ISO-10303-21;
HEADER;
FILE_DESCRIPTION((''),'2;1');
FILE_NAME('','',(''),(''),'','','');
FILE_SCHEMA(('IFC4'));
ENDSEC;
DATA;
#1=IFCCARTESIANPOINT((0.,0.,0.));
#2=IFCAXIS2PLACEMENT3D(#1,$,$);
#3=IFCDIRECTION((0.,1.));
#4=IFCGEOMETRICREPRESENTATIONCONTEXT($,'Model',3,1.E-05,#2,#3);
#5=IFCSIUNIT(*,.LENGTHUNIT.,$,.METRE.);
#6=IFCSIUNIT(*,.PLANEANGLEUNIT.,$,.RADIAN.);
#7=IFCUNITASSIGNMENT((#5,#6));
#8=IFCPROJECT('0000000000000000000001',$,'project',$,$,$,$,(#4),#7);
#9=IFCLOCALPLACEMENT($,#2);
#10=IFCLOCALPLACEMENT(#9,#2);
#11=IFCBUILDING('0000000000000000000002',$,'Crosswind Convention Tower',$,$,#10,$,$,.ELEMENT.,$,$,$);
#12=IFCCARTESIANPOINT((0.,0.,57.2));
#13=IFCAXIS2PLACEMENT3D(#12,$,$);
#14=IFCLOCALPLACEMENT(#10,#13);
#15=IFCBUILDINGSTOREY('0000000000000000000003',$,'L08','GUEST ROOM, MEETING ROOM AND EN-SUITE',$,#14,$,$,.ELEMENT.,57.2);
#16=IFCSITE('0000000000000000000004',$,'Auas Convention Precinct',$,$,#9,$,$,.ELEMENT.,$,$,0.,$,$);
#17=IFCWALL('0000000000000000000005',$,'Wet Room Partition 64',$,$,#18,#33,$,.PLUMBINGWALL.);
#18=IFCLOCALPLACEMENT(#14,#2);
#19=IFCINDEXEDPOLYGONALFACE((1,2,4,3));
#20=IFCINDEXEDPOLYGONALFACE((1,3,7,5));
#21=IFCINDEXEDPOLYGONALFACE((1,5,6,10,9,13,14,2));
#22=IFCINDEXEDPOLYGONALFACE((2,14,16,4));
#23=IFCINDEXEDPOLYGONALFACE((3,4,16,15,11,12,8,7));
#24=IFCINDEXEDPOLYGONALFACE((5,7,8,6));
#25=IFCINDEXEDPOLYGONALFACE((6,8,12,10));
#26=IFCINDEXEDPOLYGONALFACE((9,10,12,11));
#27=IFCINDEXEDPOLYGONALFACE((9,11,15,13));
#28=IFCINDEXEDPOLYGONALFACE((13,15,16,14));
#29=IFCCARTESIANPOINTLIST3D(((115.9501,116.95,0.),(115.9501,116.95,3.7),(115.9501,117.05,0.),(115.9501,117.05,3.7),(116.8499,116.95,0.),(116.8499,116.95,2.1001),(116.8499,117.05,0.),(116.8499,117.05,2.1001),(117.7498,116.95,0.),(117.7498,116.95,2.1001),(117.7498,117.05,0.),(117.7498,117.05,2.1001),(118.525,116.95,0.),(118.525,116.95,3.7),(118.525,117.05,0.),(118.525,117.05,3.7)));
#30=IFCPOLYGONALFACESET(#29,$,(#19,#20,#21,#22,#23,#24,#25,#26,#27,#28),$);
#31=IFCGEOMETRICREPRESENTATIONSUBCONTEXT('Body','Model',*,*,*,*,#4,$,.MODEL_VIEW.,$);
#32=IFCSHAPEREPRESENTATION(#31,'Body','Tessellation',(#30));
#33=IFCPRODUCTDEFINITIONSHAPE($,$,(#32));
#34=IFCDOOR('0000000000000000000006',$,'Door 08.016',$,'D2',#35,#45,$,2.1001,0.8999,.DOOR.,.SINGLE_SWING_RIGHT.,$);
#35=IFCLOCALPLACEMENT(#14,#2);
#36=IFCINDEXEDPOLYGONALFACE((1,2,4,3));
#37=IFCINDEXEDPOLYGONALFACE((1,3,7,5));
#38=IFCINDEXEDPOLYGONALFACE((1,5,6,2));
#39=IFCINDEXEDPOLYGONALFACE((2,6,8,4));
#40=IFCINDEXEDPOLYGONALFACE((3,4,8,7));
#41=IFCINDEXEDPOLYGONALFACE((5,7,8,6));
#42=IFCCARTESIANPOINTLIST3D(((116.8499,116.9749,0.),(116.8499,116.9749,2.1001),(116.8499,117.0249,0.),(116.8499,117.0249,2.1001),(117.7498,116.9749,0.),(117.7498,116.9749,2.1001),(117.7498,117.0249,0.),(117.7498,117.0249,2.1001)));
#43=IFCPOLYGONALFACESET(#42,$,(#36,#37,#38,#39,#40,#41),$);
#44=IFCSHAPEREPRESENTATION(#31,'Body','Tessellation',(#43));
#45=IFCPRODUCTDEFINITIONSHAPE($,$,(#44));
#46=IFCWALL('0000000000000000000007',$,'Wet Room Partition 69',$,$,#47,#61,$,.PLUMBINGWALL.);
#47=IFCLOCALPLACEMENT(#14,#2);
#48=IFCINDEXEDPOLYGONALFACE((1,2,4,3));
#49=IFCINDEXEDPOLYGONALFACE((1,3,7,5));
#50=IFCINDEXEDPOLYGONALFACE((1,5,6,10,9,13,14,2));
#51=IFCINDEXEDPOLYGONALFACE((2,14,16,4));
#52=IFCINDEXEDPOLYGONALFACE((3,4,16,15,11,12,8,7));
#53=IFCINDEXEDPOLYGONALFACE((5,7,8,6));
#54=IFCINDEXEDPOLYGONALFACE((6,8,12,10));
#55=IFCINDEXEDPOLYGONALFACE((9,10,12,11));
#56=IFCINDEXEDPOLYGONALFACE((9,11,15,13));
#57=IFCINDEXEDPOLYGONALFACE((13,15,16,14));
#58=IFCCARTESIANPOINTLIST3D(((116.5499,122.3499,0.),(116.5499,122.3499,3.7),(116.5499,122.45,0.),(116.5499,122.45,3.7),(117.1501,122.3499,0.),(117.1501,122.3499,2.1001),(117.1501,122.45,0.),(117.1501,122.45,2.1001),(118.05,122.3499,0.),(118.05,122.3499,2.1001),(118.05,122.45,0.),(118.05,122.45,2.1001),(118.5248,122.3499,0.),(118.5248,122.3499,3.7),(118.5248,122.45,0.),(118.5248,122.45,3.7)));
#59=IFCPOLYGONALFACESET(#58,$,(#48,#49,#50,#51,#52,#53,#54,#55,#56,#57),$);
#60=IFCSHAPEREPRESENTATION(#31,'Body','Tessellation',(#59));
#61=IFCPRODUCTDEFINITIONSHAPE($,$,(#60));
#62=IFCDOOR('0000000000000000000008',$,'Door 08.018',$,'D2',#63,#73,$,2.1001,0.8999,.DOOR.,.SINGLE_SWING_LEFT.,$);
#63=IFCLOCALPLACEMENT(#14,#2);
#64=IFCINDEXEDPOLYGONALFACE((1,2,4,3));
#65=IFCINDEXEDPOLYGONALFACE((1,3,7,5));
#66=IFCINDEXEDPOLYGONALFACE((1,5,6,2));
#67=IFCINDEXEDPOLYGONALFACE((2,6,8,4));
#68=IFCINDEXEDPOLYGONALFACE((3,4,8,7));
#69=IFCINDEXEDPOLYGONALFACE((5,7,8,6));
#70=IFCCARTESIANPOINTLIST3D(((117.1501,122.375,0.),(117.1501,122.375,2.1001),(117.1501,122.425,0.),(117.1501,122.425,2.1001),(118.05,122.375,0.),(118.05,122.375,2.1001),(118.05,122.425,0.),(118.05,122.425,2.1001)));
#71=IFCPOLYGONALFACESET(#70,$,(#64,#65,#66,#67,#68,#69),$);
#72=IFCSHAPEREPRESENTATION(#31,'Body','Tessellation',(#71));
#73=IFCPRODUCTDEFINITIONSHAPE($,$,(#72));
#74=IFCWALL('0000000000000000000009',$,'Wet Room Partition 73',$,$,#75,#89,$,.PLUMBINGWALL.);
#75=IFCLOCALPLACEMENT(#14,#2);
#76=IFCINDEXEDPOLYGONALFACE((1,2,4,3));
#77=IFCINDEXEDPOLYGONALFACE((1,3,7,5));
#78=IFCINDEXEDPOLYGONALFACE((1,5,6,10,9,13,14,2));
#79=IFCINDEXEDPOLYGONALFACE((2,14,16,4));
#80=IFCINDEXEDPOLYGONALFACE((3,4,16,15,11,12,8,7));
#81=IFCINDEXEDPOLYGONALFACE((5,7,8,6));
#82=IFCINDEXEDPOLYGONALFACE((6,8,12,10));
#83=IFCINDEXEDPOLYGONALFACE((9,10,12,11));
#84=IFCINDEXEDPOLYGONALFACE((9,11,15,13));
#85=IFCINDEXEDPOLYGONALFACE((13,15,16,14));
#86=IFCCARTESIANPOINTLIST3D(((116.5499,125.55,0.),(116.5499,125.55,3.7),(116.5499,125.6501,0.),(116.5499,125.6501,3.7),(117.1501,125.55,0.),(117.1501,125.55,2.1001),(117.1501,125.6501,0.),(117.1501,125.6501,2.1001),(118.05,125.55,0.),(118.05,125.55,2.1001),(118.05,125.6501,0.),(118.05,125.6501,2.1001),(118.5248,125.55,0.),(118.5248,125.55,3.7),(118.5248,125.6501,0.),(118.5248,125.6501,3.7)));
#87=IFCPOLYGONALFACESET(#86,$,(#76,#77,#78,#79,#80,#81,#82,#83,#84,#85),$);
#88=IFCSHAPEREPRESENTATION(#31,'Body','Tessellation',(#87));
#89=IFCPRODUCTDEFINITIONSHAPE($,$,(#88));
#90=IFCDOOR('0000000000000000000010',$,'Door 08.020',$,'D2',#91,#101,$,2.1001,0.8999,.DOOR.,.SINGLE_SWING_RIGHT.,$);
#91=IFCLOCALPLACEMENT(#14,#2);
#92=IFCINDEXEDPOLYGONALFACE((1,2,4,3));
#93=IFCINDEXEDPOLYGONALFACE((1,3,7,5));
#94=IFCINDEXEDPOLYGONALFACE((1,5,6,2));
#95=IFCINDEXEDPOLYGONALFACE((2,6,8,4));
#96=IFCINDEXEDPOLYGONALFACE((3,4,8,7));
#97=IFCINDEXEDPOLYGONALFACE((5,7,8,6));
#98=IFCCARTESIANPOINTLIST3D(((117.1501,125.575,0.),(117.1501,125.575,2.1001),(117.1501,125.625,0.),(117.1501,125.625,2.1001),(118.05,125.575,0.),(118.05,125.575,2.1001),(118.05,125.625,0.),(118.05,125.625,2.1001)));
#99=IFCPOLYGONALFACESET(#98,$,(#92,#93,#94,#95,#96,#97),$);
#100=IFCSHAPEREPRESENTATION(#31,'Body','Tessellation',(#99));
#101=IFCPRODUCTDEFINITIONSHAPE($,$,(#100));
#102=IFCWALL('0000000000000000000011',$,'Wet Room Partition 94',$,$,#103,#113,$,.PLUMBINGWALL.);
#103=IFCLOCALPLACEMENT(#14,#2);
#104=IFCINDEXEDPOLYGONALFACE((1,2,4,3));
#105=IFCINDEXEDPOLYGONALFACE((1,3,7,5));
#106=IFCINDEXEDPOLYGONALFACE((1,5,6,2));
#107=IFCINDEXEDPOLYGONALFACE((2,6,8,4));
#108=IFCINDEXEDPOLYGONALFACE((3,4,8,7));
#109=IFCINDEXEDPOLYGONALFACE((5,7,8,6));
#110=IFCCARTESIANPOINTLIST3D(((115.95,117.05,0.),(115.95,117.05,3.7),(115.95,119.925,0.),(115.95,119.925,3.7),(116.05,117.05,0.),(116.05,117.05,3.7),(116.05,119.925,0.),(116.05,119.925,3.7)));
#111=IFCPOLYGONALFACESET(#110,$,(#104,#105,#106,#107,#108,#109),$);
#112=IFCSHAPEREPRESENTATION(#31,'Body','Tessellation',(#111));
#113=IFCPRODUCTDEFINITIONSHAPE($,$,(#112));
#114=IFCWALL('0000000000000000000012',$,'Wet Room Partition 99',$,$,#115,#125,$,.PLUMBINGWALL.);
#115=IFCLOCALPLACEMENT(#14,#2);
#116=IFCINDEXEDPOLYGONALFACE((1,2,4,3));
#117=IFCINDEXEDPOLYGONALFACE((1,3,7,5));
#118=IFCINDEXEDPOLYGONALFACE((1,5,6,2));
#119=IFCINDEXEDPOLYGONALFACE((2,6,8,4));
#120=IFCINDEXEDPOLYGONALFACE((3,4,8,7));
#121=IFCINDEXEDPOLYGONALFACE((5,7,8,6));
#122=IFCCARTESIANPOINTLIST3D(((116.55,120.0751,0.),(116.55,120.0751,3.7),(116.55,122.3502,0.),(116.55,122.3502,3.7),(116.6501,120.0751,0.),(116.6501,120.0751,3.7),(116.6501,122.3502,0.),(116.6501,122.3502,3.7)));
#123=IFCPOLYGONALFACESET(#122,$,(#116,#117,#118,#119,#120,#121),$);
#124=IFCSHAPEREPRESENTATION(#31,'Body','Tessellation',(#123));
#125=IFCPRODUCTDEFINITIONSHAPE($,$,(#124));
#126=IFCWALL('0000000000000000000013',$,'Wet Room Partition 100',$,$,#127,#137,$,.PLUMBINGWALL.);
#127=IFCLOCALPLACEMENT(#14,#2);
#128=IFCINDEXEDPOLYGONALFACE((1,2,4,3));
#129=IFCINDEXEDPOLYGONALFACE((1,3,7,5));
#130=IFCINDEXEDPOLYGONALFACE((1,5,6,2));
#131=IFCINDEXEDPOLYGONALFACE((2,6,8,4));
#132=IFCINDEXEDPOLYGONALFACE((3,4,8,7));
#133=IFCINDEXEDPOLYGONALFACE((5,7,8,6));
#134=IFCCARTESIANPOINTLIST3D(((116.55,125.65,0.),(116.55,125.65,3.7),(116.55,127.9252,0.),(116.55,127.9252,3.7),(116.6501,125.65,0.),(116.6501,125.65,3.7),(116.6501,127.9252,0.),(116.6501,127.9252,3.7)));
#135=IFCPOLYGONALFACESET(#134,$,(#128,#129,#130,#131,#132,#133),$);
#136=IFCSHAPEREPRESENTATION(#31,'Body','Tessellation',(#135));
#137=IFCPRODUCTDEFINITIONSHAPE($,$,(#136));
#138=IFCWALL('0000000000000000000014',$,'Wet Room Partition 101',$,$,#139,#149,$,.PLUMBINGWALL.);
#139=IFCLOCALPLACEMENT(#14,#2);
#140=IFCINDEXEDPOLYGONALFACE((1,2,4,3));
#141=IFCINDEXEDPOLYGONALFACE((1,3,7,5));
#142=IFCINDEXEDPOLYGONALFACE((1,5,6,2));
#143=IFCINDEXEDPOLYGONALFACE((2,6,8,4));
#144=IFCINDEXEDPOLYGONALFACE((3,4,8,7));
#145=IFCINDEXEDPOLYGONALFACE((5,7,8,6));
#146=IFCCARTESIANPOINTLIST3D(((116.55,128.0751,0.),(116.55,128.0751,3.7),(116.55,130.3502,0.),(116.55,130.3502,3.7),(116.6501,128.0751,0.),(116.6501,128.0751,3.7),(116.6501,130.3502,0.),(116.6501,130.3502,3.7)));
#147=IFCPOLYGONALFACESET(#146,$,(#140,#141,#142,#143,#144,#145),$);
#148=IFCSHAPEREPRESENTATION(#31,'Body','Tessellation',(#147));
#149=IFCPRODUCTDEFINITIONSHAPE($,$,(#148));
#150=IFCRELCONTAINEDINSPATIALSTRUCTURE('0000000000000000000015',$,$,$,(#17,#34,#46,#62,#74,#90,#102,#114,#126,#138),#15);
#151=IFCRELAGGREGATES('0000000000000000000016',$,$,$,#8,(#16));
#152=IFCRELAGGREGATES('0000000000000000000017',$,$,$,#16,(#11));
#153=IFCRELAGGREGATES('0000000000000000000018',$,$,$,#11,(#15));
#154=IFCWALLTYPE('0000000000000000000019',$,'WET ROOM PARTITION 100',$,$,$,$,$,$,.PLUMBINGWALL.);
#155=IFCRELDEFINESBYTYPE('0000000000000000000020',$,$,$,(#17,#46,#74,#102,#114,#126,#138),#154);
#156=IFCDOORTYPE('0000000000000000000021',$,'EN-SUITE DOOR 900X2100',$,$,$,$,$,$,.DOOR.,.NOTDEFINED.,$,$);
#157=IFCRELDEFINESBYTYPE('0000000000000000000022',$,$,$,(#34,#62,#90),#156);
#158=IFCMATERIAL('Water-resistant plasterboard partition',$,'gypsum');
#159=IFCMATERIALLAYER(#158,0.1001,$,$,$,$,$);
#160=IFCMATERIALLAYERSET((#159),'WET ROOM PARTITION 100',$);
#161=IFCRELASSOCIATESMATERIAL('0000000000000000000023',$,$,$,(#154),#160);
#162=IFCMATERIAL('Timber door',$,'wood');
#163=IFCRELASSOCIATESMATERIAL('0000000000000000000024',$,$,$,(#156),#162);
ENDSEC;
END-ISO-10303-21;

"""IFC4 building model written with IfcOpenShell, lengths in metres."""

from ifc_helpers import new_model, si_unit, direction, frame, frame_2d, origin, place, context, subcontext, project, spatial, rectangle, extrude, material, layer, layer_set, type_object, element, fill, save


model = new_model("IFC4")

# Units and contexts
model_context = context("Model", 3, precision=1e-05, world=origin(), true_north=direction((0.0, 1.0)))
body_context = subcontext(model_context, "Body", "Model", "MODEL_VIEW")
ifc_project = project(units=[si_unit("LENGTHUNIT", "METRE"), si_unit("PLANEANGLEUNIT", "RADIAN")], contexts=[model_context])

# Site, building, storey
site_placement = place(None, origin())
site = spatial("IfcSite", under=ifc_project, at=site_placement, Name="Auas Convention Precinct", CompositionType="ELEMENT", RefElevation=0.0)
building_placement = place(site_placement, origin())
building = spatial("IfcBuilding", under=site, at=building_placement, Name="Crosswind Convention Tower", CompositionType="ELEMENT")
storey_placement = place(building_placement, frame((0.0, 0.0, 57.2)))
storey = spatial("IfcBuildingStorey", under=building, at=storey_placement, Name="L08", Description="GUEST ROOM, MEETING ROOM AND EN-SUITE", CompositionType="ELEMENT", Elevation=57.2)

# Walls, openings, doors
ifc_material_1 = material(Name="Water-resistant plasterboard partition", Category="gypsum")
ifc_layer_1 = layer(ifc_material_1, 0.1001)
ifc_layer_set_1 = layer_set([ifc_layer_1], Name="WET ROOM PARTITION 100")
wall_type_1 = type_object("IfcWallType", Name="WET ROOM PARTITION 100", PredefinedType="PLUMBINGWALL", material=ifc_layer_set_1)
wall_1_placement = place(storey_placement, frame((115.95, 117.0, 0.0), z_axis=(0.0, 0.0, 1.0), x_axis=(1.0, 0.0, 0.0)))
wall_1 = element("IfcWall", 1, at=wall_1_placement, inside=storey, type_object=wall_type_1, Name="Wet Room Partition 64", PredefinedType="PLUMBINGWALL", context=body_context, shape_type="SweptSolid", body=[
    extrude(rectangle(XDim=2.575, YDim=0.1001, at=frame_2d((1.2876, 0.0))), origin(), (0.0, 0.0, 1.0), 3.7),
])
opening_1_placement = place(wall_1_placement, frame((0.8999, 0.0, 0.0)))
opening_1 = element("IfcOpeningElement", 2, at=opening_1_placement, cuts=wall_1, PredefinedType="OPENING", context=body_context, shape_type="SweptSolid", body=[
    extrude(rectangle(XDim=0.8999, YDim=2.1001, at=frame_2d((0.45, 1.05))), frame((0.0, 0.0601, 0.0), z_axis=(0.0, -1.0, 0.0), x_axis=(1.0, 0.0, 0.0)), (0.0, 0.0, 1.0), 0.1201),
])
ifc_material_2 = material(Name="Timber door", Category="wood")
door_type_1 = type_object("IfcDoorType", Name="EN-SUITE DOOR 900X2100", OperationType="NOTDEFINED", PredefinedType="DOOR", material=ifc_material_2)
door_1_placement = place(opening_1_placement, origin())
door_1 = element("IfcDoor", 3, at=door_1_placement, inside=storey, type_object=door_type_1, Name="Door 08.016", ObjectType="D2", OperationType="SINGLE_SWING_RIGHT", OverallHeight=2.1001, OverallWidth=0.8999, PredefinedType="DOOR", context=body_context, shape_type="SweptSolid", body=[
    extrude(rectangle(XDim=0.8999, YDim=2.1001, at=frame_2d((0.45, 1.05))), frame((0.0, 0.0249, 0.0), z_axis=(0.0, -1.0, 0.0), x_axis=(1.0, 0.0, 0.0)), (0.0, 0.0, 1.0), 0.05),
])
fill(opening_1, door_1)
wall_2_placement = place(storey_placement, frame((116.55, 122.3999, 0.0), z_axis=(0.0, 0.0, 1.0), x_axis=(1.0, 0.0, 0.0)))
wall_2 = element("IfcWall", 4, at=wall_2_placement, inside=storey, type_object=wall_type_1, Name="Wet Room Partition 69", PredefinedType="PLUMBINGWALL", context=body_context, shape_type="SweptSolid", body=[
    extrude(rectangle(XDim=1.9749, YDim=0.1001, at=frame_2d((0.9873, 0.0))), origin(), (0.0, 0.0, 1.0), 3.7),
])
opening_2_placement = place(wall_2_placement, frame((0.6001, 0.0, 0.0)))
opening_2 = element("IfcOpeningElement", 5, at=opening_2_placement, cuts=wall_2, PredefinedType="OPENING", context=body_context, shape_type="SweptSolid", body=[
    extrude(rectangle(XDim=0.8999, YDim=2.1001, at=frame_2d((0.45, 1.05))), frame((0.0, 0.0601, 0.0), z_axis=(0.0, -1.0, 0.0), x_axis=(1.0, 0.0, 0.0)), (0.0, 0.0, 1.0), 0.1201),
])
door_2_placement = place(opening_2_placement, frame((0.8999, 0.0, 0.0), z_axis=(0.0, 0.0, 1.0), x_axis=(-1.0, 0.0, 0.0)))
door_2 = element("IfcDoor", 6, at=door_2_placement, inside=storey, type_object=door_type_1, Name="Door 08.018", ObjectType="D2", OperationType="SINGLE_SWING_LEFT", OverallHeight=2.1001, OverallWidth=0.8999, PredefinedType="DOOR", context=body_context, shape_type="SweptSolid", body=[
    extrude(rectangle(XDim=0.8999, YDim=2.1001, at=frame_2d((0.45, 1.05))), frame((0.0, 0.0249, 0.0), z_axis=(0.0, -1.0, 0.0), x_axis=(1.0, 0.0, 0.0)), (0.0, 0.0, 1.0), 0.05),
])
fill(opening_2, door_2)
wall_3_placement = place(storey_placement, frame((116.55, 125.6001, 0.0), z_axis=(0.0, 0.0, 1.0), x_axis=(1.0, 0.0, 0.0)))
wall_3 = element("IfcWall", 7, at=wall_3_placement, inside=storey, type_object=wall_type_1, Name="Wet Room Partition 73", PredefinedType="PLUMBINGWALL", context=body_context, shape_type="SweptSolid", body=[
    extrude(rectangle(XDim=1.9749, YDim=0.1001, at=frame_2d((0.9873, 0.0))), origin(), (0.0, 0.0, 1.0), 3.7),
])
opening_3_placement = place(wall_3_placement, frame((0.6001, 0.0, 0.0)))
opening_3 = element("IfcOpeningElement", 8, at=opening_3_placement, cuts=wall_3, PredefinedType="OPENING", context=body_context, shape_type="SweptSolid", body=[
    extrude(rectangle(XDim=0.8999, YDim=2.1001, at=frame_2d((0.45, 1.05))), frame((0.0, 0.0601, 0.0), z_axis=(0.0, -1.0, 0.0), x_axis=(1.0, 0.0, 0.0)), (0.0, 0.0, 1.0), 0.1201),
])
door_3_placement = place(opening_3_placement, origin())
door_3 = element("IfcDoor", 9, at=door_3_placement, inside=storey, type_object=door_type_1, Name="Door 08.020", ObjectType="D2", OperationType="SINGLE_SWING_RIGHT", OverallHeight=2.1001, OverallWidth=0.8999, PredefinedType="DOOR", context=body_context, shape_type="SweptSolid", body=[
    extrude(rectangle(XDim=0.8999, YDim=2.1001, at=frame_2d((0.45, 1.05))), frame((0.0, 0.0249, 0.0), z_axis=(0.0, -1.0, 0.0), x_axis=(1.0, 0.0, 0.0)), (0.0, 0.0, 1.0), 0.05),
])
fill(opening_3, door_3)

# Walls
wall_4_placement = place(storey_placement, frame((116.0, 117.05, 0.0), z_axis=(0.0, 0.0, 1.0), x_axis=(0.0, 1.0, 0.0)))
element("IfcWall", 10, at=wall_4_placement, inside=storey, type_object=wall_type_1, Name="Wet Room Partition 94", PredefinedType="PLUMBINGWALL", context=body_context, shape_type="SweptSolid", body=[
    extrude(rectangle(XDim=2.875, YDim=0.1001, at=frame_2d((1.4375, 0.0))), origin(), (0.0, 0.0, 1.0), 3.7),
])
for number, where, z_axis, x_axis, name in (
    (11, (116.6001, 120.075, 0.0), (0.0, 0.0, 1.0), (0.0, 1.0, 0.0), "Wet Room Partition 99"),
    (12, (116.6001, 125.6499, 0.0), (0.0, 0.0, 1.0), (0.0, 1.0, 0.0), "Wet Room Partition 100"),
    (13, (116.6001, 128.075, 0.0), (0.0, 0.0, 1.0), (0.0, 1.0, 0.0), "Wet Room Partition 101"),
):
    element("IfcWall", number, at=place(storey_placement, frame(where, z_axis=z_axis, x_axis=x_axis)), inside=storey, type_object=wall_type_1, Name=name, PredefinedType="PLUMBINGWALL", context=body_context, shape_type="SweptSolid", body=[
        extrude(rectangle(XDim=2.2751, YDim=0.1001, at=frame_2d((1.1377, 0.0))), origin(), (0.0, 0.0, 1.0), 3.7),
    ])

save(model, "model.ifc")
